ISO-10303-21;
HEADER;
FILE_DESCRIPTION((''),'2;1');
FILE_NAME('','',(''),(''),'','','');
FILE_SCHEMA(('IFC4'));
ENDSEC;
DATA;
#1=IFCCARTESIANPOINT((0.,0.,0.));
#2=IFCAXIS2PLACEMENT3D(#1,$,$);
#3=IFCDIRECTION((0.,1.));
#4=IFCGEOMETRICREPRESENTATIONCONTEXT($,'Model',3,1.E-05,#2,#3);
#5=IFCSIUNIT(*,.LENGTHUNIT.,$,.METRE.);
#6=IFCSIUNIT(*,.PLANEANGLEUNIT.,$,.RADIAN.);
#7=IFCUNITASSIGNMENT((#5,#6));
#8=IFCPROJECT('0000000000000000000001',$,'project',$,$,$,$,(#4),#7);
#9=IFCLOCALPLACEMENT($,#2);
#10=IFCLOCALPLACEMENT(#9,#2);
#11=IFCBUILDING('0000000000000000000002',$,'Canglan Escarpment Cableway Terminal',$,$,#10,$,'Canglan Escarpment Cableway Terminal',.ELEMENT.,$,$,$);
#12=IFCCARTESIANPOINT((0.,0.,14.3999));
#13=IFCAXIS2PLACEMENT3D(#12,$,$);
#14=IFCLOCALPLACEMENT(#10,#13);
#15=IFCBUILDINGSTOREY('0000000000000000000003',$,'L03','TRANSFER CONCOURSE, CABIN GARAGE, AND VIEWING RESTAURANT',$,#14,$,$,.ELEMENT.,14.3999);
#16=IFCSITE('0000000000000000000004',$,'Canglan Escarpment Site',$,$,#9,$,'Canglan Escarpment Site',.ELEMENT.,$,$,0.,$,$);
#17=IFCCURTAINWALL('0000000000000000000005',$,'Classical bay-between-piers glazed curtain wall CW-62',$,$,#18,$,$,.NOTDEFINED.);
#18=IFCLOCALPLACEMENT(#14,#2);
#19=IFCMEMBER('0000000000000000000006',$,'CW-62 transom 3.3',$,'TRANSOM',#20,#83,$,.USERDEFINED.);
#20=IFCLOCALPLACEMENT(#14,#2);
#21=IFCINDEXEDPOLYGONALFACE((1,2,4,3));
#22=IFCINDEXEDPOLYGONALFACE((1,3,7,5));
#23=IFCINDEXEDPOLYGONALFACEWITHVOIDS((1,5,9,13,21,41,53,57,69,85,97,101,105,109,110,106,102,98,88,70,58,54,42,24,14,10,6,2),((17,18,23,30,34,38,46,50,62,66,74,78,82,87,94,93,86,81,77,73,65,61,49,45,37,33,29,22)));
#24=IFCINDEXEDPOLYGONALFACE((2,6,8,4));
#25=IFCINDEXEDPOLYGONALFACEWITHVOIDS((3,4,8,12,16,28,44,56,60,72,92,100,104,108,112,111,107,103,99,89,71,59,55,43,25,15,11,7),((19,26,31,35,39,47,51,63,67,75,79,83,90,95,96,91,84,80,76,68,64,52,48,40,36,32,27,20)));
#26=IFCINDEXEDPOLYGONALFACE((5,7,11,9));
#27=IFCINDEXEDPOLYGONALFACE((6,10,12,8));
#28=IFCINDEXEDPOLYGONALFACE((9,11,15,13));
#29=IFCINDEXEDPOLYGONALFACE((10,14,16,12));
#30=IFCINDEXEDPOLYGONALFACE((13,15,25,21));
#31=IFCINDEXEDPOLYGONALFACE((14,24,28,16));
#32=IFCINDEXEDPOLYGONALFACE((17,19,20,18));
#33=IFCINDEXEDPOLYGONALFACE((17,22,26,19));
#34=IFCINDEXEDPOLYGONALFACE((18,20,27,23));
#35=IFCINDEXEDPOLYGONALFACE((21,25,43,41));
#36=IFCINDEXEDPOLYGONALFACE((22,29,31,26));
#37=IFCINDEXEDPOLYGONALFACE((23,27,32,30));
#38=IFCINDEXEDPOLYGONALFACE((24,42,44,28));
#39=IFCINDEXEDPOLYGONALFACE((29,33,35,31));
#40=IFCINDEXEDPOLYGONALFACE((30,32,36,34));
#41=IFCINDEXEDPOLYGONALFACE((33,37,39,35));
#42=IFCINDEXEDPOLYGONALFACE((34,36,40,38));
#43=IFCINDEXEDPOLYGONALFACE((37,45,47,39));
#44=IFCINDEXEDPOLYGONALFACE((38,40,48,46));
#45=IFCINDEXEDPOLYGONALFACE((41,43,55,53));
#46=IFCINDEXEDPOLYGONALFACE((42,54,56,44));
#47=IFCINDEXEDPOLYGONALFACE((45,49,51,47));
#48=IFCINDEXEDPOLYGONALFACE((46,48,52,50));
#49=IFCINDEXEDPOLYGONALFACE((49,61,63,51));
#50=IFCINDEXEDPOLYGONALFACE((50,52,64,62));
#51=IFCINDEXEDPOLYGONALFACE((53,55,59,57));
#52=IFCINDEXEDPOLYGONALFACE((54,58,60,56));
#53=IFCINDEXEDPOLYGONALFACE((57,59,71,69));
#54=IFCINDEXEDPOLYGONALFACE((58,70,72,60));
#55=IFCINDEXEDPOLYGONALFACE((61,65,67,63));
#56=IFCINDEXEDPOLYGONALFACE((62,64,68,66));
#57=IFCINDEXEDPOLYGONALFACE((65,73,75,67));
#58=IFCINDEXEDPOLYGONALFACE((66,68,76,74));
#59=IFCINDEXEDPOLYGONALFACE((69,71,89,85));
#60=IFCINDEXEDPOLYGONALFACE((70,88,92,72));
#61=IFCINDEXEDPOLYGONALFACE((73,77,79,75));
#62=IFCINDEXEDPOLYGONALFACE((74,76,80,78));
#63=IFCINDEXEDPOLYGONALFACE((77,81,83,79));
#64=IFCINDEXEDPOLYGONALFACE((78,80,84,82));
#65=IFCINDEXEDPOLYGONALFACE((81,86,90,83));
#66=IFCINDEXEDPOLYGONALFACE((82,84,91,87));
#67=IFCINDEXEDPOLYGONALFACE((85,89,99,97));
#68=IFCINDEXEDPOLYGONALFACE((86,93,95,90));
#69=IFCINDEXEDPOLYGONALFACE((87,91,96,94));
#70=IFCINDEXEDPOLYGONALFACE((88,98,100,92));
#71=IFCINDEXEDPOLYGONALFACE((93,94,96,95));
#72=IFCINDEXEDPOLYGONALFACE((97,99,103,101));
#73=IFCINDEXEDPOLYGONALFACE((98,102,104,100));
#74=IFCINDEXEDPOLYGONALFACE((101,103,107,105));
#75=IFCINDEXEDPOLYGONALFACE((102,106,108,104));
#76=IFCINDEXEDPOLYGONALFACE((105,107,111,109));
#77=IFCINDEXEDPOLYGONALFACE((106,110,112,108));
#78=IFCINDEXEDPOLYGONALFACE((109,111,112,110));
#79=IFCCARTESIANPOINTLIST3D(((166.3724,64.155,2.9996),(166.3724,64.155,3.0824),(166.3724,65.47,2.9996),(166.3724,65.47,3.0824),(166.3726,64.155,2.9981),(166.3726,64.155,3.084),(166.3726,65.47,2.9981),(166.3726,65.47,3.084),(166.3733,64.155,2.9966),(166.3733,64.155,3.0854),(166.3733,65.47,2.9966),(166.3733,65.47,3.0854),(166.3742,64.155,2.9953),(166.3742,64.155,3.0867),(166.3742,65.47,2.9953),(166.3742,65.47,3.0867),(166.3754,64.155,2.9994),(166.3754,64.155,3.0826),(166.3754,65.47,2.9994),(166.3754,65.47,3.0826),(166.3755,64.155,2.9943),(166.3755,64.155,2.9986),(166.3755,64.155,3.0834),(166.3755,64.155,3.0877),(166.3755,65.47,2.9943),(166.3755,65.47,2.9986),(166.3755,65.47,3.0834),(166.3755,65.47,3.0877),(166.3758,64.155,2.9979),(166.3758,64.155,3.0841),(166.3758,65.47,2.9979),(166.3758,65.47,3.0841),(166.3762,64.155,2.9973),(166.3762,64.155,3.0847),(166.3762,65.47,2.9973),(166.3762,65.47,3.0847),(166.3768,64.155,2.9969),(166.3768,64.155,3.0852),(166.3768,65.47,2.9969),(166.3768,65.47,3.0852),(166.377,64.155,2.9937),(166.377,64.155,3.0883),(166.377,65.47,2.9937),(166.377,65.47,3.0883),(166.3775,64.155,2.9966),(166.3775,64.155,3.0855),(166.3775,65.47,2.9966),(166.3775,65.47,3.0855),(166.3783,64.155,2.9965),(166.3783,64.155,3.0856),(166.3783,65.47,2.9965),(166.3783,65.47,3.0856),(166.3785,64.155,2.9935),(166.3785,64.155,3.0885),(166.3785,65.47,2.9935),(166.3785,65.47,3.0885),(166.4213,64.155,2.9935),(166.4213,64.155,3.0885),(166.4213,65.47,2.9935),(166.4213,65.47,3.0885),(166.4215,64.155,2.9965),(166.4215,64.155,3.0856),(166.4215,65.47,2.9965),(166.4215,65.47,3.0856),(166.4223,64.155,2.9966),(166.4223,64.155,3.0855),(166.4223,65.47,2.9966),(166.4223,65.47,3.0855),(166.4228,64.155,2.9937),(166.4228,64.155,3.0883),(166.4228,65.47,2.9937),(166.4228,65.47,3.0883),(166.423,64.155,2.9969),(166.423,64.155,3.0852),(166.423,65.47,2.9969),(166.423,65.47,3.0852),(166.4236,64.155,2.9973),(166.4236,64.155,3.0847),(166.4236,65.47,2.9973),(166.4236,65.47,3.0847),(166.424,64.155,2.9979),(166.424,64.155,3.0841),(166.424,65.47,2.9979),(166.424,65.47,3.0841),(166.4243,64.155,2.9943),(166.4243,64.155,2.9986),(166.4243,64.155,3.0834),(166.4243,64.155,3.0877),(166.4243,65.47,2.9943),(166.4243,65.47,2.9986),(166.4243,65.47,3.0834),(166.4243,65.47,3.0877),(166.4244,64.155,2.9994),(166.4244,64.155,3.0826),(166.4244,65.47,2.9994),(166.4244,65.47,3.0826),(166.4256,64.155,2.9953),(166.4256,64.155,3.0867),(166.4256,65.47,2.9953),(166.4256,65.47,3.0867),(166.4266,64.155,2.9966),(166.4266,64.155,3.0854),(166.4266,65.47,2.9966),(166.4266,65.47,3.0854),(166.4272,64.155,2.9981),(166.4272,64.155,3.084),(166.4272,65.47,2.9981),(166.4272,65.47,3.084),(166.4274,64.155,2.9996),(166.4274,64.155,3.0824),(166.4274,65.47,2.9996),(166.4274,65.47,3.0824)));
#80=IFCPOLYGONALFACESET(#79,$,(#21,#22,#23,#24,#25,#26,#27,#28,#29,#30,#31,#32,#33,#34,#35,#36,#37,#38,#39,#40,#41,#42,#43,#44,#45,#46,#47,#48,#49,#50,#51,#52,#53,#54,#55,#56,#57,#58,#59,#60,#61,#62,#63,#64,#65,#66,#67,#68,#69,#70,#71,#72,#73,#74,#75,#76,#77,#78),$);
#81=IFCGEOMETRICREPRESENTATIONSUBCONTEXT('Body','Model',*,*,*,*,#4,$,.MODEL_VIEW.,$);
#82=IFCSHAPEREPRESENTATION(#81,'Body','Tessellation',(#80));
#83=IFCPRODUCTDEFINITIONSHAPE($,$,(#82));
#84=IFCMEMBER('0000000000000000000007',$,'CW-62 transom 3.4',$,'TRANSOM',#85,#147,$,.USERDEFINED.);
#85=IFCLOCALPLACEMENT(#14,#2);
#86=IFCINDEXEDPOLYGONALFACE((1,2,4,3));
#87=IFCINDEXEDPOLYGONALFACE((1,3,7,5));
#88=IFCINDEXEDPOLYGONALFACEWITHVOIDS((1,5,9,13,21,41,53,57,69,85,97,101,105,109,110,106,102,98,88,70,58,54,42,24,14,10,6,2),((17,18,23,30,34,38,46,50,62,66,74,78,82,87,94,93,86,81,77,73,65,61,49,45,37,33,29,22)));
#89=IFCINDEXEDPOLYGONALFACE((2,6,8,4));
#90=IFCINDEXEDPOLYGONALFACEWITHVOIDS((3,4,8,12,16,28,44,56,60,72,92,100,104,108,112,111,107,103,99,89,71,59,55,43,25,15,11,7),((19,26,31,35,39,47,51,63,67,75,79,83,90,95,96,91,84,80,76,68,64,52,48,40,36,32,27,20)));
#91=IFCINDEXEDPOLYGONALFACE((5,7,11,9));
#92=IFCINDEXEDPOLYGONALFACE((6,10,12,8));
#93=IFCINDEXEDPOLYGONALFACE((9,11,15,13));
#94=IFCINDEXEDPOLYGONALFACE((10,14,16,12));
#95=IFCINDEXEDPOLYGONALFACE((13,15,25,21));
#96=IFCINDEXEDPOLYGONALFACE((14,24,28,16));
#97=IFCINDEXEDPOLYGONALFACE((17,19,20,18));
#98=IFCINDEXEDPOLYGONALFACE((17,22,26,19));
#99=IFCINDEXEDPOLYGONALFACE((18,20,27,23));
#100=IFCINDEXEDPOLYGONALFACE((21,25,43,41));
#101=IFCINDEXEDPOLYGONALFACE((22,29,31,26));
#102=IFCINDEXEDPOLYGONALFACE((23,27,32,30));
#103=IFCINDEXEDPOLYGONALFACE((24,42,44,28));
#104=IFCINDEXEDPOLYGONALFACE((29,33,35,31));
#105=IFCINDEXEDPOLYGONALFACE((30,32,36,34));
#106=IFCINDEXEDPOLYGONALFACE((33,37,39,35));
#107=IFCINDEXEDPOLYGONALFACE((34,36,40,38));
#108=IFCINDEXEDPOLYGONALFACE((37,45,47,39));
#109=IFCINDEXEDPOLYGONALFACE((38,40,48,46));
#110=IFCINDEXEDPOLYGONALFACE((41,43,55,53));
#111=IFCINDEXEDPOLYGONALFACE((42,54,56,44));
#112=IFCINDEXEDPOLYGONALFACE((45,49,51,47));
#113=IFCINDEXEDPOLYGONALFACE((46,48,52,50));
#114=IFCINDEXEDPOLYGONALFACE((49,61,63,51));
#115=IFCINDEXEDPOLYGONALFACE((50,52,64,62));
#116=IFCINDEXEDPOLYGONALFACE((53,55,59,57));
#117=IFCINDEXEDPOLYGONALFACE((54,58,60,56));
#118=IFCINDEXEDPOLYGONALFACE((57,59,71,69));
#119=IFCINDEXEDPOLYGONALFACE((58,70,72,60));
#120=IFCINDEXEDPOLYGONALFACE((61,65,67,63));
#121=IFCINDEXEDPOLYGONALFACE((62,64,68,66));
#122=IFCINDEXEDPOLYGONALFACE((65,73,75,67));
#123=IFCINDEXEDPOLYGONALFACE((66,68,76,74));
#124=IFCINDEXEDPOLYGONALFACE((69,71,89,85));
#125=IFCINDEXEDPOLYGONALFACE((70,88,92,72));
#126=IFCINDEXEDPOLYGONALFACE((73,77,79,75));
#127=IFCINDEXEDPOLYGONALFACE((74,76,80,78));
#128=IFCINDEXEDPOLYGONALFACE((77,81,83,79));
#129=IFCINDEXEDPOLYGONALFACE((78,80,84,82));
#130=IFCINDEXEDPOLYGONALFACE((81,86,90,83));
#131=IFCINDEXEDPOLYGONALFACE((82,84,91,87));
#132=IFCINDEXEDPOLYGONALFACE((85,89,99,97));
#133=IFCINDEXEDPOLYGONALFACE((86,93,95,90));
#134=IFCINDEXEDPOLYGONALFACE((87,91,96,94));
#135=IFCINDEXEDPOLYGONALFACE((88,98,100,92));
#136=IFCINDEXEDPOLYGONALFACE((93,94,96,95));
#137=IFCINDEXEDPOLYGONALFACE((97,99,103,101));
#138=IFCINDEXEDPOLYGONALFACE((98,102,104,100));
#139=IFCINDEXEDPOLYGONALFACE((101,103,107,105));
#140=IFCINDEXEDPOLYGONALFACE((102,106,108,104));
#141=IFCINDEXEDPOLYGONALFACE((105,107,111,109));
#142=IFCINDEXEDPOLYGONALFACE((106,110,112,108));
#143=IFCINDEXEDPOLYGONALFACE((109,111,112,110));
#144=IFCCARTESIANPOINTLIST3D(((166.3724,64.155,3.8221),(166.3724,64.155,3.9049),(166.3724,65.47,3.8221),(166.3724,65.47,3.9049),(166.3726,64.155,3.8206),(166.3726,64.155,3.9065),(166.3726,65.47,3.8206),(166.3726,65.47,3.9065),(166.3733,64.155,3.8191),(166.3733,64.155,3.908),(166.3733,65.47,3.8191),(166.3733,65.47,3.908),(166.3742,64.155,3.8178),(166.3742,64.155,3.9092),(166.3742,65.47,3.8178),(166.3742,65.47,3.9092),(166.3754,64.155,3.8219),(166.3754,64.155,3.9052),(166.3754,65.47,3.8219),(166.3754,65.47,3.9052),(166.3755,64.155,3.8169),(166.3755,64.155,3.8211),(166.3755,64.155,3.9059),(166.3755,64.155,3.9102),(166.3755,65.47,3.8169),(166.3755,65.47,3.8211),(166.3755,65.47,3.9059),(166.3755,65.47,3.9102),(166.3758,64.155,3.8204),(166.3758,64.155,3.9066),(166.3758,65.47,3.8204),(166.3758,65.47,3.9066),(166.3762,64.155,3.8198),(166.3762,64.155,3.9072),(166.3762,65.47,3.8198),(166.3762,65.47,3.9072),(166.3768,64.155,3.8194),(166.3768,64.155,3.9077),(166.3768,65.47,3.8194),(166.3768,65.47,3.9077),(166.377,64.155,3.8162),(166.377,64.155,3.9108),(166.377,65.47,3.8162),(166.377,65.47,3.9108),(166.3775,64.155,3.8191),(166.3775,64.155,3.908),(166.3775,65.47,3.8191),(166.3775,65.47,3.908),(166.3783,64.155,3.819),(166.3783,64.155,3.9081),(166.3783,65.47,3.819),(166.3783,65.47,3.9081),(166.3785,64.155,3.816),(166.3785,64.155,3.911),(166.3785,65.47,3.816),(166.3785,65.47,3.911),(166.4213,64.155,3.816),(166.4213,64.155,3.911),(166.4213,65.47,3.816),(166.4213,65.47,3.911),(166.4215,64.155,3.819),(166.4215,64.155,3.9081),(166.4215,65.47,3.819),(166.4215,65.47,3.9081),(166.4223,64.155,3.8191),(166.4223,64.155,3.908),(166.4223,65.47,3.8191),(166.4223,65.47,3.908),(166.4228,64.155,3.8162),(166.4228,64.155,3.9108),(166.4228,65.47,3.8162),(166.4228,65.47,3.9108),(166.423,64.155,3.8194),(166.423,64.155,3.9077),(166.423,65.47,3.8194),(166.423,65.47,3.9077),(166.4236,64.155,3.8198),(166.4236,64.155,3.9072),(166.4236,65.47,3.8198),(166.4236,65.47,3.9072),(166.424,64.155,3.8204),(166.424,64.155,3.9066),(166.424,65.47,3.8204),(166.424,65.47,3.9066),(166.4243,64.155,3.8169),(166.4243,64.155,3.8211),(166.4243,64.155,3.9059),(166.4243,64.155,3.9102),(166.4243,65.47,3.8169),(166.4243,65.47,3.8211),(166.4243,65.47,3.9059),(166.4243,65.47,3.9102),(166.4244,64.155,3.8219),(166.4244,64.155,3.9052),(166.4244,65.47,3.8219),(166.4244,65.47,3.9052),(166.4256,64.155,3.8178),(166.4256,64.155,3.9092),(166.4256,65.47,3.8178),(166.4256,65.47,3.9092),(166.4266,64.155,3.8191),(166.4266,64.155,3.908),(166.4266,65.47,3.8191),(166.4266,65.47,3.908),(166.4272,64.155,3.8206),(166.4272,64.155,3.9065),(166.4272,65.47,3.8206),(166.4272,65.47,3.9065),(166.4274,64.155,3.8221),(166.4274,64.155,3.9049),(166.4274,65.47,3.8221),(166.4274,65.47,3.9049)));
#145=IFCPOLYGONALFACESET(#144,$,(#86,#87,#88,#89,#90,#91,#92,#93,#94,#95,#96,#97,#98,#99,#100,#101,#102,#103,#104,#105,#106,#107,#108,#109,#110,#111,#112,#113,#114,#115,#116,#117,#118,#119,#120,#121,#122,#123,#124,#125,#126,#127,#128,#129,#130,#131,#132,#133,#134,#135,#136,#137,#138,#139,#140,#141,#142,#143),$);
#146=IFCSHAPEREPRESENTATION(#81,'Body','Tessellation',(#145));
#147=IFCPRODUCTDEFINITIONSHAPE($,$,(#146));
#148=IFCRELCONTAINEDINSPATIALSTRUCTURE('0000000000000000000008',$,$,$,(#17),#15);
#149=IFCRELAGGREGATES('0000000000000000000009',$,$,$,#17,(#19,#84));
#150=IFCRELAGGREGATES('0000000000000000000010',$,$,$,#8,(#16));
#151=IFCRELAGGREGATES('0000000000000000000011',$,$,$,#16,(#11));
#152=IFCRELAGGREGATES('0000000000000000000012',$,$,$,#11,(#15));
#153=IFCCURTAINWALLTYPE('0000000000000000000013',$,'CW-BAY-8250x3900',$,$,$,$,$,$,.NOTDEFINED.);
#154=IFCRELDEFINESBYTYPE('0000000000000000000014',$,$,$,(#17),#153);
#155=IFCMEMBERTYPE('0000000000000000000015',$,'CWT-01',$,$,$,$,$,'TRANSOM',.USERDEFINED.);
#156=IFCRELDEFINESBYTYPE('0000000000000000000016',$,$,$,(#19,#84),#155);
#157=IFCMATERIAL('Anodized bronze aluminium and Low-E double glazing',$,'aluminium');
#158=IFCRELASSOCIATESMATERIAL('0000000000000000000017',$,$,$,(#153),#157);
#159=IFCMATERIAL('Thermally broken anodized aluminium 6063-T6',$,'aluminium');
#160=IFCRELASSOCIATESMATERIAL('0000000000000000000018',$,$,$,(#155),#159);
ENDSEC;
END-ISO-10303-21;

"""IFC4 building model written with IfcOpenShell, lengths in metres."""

from ifc_helpers import new_model, si_unit, direction, frame, origin, origin_2d, place, context, subcontext, project, spatial, hollow_rectangle, extrude, material, material_profile, profile_set, type_object, element, aggregate, save


model = new_model("IFC4")

# Units and contexts
model_context = context("Model", 3, precision=1e-05, world=origin(), true_north=direction((0.0, 1.0)))
body_context = subcontext(model_context, "Body", "Model", "MODEL_VIEW")
ifc_project = project(units=[si_unit("LENGTHUNIT", "METRE"), si_unit("PLANEANGLEUNIT", "RADIAN")], contexts=[model_context])

# Site, building, storey
site_placement = place(None, origin())
site = spatial("IfcSite", under=ifc_project, at=site_placement, Name="Canglan Escarpment Site", LongName="Canglan Escarpment Site", CompositionType="ELEMENT", RefElevation=0.0)
building_placement = place(site_placement, origin())
building = spatial("IfcBuilding", under=site, at=building_placement, Name="Canglan Escarpment Cableway Terminal", LongName="Canglan Escarpment Cableway Terminal", CompositionType="ELEMENT")
storey_placement = place(building_placement, frame((0.0, 0.0, 14.3999)))
storey = spatial("IfcBuildingStorey", under=building, at=storey_placement, Name="L03", Description="TRANSFER CONCOURSE, CABIN GARAGE, AND VIEWING RESTAURANT", CompositionType="ELEMENT", Elevation=14.3999)

# Curtain wall, members
ifc_material_1 = material(Name="Anodized bronze aluminium and Low-E double glazing", Category="aluminium")
curtain_wall_type = type_object("IfcCurtainWallType", Name="CW-BAY-8250x3900", PredefinedType="NOTDEFINED", material=ifc_material_1)
curtain_wall_placement = place(storey_placement, origin())
curtain_wall = element("IfcCurtainWall", 1, at=curtain_wall_placement, inside=storey, type_object=curtain_wall_type, Name="Classical bay-between-piers glazed curtain wall CW-62", PredefinedType="NOTDEFINED")
ifc_material_2 = material(Name="Thermally broken anodized aluminium 6063-T6", Category="aluminium")
ifc_material_profile_1 = material_profile(ifc_material_2, hollow_rectangle(XDim=0.0549, YDim=0.095, WallThickness=0.0029, InnerFilletRadius=0.0029, OuterFilletRadius=0.0061, at=origin_2d()), Name="ALU-TRAN 55x95x3")
ifc_profile_set_1 = profile_set([ifc_material_profile_1], Name="Thermally broken anodized aluminium 6063-T6")
member_type_1 = type_object("IfcMemberType", Name="CWT-01", ElementType="TRANSOM", PredefinedType="USERDEFINED", material=ifc_profile_set_1)
member_1_placement = place(storey_placement, frame((166.3999, 64.155, 3.041), z_axis=(0.0, 1.0, 0.0), x_axis=(-1.0, 0.0, 0.0)))
member_1 = element("IfcMember", 2, at=member_1_placement, type_object=member_type_1, Name="CW-62 transom 3.3", ObjectType="TRANSOM", PredefinedType="USERDEFINED", context=body_context, shape_type="SweptSolid", body=[
    extrude(hollow_rectangle(XDim=0.0549, YDim=0.095, WallThickness=0.0029, InnerFilletRadius=0.0029, OuterFilletRadius=0.0061, at=origin_2d()), origin(), (0.0, 0.0, 1.0), 1.3149),
])
member_2_placement = place(storey_placement, frame((166.3999, 64.155, 3.8635), z_axis=(0.0, 1.0, 0.0), x_axis=(-1.0, 0.0, 0.0)))
member_2 = element("IfcMember", 3, at=member_2_placement, type_object=member_type_1, Name="CW-62 transom 3.4", ObjectType="TRANSOM", PredefinedType="USERDEFINED", context=body_context, shape_type="SweptSolid", body=[
    extrude(hollow_rectangle(XDim=0.0549, YDim=0.095, WallThickness=0.0029, InnerFilletRadius=0.0029, OuterFilletRadius=0.0061, at=origin_2d()), origin(), (0.0, 0.0, 1.0), 1.3149),
])

aggregate(curtain_wall, [member_1, member_2])

save(model, "model.ifc")
